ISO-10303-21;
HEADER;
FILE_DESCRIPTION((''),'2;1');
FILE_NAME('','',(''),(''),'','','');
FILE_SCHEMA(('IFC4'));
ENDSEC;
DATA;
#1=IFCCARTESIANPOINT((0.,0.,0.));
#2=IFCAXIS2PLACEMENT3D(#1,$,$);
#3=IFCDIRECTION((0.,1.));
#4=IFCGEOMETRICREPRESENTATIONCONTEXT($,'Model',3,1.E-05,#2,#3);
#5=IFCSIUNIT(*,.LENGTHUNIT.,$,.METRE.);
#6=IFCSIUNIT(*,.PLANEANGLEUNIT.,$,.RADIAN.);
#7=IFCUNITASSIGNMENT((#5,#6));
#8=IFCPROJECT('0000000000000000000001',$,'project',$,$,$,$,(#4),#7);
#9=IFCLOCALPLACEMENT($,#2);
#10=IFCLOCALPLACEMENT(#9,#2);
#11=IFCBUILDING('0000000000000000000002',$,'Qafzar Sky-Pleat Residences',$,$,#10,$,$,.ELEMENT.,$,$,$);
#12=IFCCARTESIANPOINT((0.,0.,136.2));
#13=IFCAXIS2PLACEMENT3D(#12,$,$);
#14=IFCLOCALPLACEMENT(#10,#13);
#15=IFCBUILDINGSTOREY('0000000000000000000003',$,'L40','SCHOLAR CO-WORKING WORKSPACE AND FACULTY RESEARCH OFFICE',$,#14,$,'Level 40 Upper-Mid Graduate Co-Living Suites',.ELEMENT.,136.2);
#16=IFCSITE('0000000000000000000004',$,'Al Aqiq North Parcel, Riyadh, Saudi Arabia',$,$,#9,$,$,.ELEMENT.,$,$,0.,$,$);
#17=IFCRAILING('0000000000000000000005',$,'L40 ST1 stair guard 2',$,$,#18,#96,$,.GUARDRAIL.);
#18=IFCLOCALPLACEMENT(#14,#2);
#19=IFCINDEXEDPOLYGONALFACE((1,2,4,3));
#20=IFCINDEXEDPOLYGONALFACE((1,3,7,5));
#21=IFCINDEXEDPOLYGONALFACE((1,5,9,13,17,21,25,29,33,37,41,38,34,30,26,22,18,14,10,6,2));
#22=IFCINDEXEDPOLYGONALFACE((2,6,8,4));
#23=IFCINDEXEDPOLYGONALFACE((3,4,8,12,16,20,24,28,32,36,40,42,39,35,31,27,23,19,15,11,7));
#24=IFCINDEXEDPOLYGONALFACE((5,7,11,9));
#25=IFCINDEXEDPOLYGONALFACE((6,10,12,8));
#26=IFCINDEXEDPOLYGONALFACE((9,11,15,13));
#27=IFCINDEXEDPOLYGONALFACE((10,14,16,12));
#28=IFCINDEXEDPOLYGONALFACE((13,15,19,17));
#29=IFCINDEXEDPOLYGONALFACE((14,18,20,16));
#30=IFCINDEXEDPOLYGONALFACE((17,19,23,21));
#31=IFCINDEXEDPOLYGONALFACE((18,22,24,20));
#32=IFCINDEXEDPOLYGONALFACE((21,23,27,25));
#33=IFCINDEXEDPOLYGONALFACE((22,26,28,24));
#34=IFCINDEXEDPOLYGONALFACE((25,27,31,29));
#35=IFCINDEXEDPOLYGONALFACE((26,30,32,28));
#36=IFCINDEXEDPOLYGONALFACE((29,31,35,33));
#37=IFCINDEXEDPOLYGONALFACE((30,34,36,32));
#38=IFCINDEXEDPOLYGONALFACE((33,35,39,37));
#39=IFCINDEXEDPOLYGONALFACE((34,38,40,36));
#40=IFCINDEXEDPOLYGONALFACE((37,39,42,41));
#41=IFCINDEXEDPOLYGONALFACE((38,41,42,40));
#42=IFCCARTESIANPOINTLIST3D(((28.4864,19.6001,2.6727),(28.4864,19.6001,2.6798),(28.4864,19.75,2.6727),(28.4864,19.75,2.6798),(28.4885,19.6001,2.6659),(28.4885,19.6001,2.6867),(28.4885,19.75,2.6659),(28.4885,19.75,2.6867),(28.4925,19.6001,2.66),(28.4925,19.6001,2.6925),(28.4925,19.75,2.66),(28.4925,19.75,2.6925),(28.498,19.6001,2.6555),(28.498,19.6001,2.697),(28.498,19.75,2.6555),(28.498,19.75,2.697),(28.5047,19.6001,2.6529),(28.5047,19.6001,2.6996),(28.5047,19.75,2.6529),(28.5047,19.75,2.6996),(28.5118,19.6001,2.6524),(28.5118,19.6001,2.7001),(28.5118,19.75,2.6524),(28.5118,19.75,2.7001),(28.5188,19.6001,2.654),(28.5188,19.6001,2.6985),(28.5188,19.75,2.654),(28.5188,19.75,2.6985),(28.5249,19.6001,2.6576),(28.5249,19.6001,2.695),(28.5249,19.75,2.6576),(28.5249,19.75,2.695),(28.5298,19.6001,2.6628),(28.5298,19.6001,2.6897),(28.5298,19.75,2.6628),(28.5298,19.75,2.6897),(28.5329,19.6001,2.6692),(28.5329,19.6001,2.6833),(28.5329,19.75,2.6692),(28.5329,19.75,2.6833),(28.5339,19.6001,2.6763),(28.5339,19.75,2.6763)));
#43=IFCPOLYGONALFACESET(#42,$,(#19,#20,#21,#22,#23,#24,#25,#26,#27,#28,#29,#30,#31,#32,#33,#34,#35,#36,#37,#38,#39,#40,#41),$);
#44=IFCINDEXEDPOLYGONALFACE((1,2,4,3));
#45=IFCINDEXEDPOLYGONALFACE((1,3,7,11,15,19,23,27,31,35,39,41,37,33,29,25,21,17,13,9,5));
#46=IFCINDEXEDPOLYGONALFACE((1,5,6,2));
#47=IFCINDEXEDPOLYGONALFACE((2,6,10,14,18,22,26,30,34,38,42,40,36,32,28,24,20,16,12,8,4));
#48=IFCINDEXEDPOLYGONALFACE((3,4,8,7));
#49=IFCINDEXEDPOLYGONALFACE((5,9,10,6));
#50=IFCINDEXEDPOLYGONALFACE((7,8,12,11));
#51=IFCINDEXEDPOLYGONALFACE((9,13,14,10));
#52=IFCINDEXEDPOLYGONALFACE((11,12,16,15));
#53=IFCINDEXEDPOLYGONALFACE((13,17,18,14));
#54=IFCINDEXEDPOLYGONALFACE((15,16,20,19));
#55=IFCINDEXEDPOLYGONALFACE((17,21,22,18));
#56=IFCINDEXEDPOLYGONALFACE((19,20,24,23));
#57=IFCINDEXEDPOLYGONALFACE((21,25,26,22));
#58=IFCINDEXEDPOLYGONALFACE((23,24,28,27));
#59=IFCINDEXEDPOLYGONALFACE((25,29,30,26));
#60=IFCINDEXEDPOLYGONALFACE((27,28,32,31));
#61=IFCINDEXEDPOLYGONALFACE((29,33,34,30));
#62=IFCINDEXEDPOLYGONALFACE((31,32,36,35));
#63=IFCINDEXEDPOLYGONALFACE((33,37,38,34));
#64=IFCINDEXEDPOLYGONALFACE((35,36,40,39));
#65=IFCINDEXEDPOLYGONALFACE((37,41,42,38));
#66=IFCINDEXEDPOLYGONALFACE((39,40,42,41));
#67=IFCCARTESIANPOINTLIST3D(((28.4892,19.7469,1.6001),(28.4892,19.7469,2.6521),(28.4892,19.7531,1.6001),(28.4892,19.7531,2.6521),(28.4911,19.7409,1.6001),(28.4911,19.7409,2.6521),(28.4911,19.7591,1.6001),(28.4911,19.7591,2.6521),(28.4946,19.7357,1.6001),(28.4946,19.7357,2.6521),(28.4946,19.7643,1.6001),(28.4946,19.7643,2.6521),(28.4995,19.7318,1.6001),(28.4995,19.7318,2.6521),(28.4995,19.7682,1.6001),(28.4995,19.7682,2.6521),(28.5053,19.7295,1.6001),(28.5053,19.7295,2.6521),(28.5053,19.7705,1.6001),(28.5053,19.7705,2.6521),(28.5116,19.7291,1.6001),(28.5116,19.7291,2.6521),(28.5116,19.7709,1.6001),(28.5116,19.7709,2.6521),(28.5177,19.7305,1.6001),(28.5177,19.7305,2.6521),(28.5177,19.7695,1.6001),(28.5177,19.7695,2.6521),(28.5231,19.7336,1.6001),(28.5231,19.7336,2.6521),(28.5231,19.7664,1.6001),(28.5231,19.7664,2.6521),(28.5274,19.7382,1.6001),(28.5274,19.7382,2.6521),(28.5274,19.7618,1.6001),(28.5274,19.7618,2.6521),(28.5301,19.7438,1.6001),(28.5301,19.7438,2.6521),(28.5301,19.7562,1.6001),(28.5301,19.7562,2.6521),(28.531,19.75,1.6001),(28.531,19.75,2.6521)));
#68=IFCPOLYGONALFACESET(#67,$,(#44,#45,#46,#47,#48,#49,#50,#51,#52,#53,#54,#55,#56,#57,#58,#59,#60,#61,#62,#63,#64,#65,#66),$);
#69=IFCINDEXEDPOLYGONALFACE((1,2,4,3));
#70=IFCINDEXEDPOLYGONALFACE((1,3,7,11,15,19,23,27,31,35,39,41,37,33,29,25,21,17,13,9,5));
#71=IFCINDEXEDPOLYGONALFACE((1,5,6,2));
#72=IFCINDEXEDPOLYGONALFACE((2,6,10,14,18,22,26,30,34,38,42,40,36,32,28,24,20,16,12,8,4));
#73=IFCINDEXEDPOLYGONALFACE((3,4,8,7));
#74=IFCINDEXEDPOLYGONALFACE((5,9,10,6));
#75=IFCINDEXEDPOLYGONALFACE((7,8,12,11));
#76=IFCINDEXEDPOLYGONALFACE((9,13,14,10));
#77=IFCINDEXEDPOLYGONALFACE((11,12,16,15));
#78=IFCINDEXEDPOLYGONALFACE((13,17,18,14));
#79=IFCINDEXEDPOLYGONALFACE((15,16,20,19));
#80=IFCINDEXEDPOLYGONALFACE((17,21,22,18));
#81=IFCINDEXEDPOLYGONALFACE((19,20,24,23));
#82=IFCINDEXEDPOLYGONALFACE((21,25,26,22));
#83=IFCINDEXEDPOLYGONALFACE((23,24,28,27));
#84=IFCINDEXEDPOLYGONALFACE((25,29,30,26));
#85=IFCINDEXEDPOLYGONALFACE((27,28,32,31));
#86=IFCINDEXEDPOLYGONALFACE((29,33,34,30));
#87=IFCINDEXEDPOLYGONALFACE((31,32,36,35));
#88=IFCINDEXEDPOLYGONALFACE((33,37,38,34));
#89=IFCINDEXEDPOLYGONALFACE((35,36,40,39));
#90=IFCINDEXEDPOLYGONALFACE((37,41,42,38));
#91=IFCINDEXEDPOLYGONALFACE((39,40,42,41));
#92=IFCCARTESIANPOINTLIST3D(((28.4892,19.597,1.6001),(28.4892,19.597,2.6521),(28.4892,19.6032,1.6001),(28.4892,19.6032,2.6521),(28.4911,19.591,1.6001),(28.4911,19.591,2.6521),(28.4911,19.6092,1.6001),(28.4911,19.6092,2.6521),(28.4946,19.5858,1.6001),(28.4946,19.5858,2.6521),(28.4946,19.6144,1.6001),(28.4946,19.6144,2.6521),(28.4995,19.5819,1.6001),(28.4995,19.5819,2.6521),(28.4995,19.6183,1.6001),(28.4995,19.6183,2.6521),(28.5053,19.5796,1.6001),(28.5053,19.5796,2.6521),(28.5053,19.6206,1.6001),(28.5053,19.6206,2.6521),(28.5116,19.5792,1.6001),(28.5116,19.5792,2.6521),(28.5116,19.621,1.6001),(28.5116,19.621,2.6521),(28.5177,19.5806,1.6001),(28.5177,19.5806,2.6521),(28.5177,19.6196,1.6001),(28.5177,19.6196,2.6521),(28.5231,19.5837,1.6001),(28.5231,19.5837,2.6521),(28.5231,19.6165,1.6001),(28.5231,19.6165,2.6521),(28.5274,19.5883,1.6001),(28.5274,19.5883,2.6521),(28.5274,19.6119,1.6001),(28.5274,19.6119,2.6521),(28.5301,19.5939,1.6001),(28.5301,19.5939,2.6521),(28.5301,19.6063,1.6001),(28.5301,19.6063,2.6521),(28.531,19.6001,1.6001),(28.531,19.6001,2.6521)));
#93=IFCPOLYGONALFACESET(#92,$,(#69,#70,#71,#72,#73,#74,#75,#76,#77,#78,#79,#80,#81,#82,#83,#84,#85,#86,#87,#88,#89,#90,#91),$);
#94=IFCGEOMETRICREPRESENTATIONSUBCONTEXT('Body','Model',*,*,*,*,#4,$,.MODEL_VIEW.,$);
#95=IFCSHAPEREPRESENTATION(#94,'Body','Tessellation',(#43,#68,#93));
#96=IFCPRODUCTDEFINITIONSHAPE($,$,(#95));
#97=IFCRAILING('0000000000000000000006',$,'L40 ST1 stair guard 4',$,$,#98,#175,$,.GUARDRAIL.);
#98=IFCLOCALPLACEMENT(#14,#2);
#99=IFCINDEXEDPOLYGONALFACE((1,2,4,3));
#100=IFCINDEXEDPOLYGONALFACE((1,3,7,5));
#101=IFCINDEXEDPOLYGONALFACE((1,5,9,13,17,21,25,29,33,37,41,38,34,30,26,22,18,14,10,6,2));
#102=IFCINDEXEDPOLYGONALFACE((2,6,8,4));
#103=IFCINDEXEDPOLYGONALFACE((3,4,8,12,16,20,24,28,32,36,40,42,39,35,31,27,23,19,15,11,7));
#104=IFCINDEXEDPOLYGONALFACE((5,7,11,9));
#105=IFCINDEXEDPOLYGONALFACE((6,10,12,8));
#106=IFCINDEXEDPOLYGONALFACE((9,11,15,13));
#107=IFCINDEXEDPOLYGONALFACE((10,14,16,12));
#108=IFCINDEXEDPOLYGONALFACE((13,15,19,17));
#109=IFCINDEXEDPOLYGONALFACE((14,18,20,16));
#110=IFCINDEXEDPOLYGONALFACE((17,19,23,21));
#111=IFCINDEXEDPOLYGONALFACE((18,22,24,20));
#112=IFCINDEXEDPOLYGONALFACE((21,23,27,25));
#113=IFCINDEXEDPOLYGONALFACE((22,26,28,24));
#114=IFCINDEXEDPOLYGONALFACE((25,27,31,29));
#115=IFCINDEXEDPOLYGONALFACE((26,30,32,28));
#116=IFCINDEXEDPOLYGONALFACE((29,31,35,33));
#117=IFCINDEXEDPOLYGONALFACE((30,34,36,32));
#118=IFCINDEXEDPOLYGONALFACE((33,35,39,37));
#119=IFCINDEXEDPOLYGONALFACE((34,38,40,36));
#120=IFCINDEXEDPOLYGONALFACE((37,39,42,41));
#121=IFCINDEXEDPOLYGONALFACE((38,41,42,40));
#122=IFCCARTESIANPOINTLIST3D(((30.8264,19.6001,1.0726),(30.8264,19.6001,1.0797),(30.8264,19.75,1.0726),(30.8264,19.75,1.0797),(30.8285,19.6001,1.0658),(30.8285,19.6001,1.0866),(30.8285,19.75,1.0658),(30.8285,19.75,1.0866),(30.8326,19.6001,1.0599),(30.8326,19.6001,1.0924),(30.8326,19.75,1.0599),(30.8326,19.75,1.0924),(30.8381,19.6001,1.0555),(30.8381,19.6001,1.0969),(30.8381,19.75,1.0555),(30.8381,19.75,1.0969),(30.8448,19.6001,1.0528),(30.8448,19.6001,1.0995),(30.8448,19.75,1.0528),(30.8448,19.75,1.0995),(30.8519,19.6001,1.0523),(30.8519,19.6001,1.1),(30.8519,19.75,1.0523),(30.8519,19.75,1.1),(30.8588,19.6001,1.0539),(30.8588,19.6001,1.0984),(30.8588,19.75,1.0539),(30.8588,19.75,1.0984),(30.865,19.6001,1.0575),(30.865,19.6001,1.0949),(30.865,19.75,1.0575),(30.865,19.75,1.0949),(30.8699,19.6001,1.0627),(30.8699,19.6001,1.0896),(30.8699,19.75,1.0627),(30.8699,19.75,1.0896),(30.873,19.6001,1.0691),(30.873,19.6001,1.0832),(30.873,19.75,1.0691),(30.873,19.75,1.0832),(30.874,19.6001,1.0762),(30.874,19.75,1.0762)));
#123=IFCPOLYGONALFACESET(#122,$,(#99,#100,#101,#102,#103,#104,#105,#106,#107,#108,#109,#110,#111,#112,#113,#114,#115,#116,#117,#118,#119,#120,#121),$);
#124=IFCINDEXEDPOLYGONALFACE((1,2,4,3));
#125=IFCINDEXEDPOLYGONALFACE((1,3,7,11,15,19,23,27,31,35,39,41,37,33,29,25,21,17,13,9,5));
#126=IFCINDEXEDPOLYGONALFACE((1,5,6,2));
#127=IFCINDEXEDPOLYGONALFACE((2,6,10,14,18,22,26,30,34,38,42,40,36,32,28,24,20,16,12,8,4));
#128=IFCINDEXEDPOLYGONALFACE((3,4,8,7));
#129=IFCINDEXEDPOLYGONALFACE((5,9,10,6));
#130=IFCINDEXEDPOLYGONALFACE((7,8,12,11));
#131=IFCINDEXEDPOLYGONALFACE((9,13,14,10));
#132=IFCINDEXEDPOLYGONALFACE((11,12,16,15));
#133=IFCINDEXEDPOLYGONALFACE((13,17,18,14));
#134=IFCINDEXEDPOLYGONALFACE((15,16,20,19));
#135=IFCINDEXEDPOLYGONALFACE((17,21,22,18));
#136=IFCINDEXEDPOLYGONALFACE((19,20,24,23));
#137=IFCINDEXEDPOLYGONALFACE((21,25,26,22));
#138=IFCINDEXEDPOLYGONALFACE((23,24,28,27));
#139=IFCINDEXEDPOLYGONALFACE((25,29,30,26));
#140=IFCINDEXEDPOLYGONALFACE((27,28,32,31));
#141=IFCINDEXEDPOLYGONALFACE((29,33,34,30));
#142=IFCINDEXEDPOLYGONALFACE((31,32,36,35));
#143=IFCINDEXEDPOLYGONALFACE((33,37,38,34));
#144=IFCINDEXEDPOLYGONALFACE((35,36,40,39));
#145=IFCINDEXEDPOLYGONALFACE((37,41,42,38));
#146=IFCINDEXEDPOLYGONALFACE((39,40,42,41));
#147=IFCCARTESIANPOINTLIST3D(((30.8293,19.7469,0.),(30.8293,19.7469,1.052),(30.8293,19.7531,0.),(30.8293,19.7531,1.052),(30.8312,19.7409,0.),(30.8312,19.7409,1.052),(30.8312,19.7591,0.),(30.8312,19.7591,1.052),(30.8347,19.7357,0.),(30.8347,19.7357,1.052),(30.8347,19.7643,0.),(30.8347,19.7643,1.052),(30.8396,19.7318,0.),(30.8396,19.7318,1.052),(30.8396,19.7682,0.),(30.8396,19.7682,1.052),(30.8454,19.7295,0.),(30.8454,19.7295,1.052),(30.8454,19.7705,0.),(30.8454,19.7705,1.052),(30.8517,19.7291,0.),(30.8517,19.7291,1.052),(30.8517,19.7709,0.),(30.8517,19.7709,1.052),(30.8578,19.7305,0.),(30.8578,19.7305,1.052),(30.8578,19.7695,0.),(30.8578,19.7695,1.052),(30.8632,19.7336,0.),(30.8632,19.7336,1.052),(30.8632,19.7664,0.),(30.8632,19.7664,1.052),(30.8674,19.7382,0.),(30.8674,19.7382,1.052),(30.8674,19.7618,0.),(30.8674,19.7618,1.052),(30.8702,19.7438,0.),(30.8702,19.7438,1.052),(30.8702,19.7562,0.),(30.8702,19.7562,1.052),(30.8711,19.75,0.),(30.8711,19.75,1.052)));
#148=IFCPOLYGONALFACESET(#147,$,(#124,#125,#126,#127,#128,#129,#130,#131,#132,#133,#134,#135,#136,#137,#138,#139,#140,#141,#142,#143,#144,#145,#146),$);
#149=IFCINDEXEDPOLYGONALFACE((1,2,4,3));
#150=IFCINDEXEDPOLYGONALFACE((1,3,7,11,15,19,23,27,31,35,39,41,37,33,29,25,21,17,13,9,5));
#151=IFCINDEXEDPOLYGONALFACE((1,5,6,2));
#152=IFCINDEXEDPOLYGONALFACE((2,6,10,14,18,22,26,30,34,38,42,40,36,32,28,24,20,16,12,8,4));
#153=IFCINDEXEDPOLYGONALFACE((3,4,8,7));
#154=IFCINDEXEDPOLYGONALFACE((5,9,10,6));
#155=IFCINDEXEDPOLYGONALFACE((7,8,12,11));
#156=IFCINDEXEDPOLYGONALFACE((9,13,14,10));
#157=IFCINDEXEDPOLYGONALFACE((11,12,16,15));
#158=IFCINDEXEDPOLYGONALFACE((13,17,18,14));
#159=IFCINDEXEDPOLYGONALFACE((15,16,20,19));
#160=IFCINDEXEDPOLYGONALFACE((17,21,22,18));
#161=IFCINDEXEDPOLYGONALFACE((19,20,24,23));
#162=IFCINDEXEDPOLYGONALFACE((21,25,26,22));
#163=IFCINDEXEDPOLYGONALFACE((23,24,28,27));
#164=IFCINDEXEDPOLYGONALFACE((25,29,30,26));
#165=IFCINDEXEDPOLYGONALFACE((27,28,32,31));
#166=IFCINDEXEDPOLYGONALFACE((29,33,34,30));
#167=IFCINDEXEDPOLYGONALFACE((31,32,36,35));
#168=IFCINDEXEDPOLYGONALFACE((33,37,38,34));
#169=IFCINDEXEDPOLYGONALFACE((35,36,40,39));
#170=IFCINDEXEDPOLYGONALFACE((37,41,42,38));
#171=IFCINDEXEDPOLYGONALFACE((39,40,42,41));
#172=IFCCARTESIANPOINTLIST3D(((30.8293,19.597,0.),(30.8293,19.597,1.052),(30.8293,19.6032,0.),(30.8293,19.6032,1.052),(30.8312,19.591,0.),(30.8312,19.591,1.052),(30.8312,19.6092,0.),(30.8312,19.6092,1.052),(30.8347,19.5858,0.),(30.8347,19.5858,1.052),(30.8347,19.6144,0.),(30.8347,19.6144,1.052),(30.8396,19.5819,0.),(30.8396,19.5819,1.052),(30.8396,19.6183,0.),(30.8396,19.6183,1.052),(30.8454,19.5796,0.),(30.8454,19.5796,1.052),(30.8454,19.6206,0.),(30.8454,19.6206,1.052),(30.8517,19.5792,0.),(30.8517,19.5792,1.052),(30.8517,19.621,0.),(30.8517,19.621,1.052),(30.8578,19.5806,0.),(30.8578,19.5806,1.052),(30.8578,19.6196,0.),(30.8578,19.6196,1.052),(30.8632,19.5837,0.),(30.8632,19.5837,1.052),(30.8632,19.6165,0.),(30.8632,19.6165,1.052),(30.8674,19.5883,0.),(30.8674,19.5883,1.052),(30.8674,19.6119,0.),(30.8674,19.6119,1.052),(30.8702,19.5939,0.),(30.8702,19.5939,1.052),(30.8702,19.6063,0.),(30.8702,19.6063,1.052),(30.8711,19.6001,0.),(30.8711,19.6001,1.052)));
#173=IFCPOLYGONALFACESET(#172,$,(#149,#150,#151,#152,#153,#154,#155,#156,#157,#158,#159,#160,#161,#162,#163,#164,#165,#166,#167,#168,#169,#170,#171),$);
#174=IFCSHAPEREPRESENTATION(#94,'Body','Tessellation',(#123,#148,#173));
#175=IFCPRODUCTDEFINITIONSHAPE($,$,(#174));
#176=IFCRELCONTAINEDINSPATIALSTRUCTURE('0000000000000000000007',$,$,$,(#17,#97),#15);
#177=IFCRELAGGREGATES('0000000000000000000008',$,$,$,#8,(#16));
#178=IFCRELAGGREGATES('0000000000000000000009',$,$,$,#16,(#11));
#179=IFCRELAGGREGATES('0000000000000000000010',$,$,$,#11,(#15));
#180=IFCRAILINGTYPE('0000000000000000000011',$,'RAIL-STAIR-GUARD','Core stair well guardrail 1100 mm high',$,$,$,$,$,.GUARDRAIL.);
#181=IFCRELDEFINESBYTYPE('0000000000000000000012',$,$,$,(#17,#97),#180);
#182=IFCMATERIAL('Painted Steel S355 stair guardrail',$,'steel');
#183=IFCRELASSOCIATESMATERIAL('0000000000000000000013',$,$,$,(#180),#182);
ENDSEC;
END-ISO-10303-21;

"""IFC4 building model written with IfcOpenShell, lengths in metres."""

from ifc_helpers import new_model, si_unit, direction, frame, origin, origin_2d, place, context, subcontext, project, spatial, circle, extrude, source, transform, mapped, material, type_object, element, save


model = new_model("IFC4")

# Units and contexts
model_context = context("Model", 3, precision=1e-05, world=origin(), true_north=direction((0.0, 1.0)))
body_context = subcontext(model_context, "Body", "Model", "MODEL_VIEW")
ifc_project = project(units=[si_unit("LENGTHUNIT", "METRE"), si_unit("PLANEANGLEUNIT", "RADIAN")], contexts=[model_context])

# Site, building, storey
site_placement = place(None, origin())
site = spatial("IfcSite", under=ifc_project, at=site_placement, Name="Al Aqiq North Parcel, Riyadh, Saudi Arabia", CompositionType="ELEMENT", RefElevation=0.0)
building_placement = place(site_placement, origin())
building = spatial("IfcBuilding", under=site, at=building_placement, Name="Qafzar Sky-Pleat Residences", CompositionType="ELEMENT")
storey_placement = place(building_placement, frame((0.0, 0.0, 136.2)))
storey = spatial("IfcBuildingStorey", under=building, at=storey_placement, Name="L40", Description="SCHOLAR CO-WORKING WORKSPACE AND FACULTY RESEARCH OFFICE", LongName="Level 40 Upper-Mid Graduate Co-Living Suites", CompositionType="ELEMENT", Elevation=136.2)

# Railings
ifc_material_1 = material(Name="Painted Steel S355 stair guardrail", Category="steel")
railing_type_1 = type_object("IfcRailingType", Name="RAIL-STAIR-GUARD", Description="Core stair well guardrail 1100 mm high", PredefinedType="GUARDRAIL", material=ifc_material_1)
shared_shape_1 = source(origin(), body_context, "Body", "SweptSolid", [
    extrude(circle(Radius=0.0239, at=origin_2d()), frame((0.0, 0.0, 1.0762), z_axis=(0.0, -1.0, 0.0), x_axis=(1.0, 0.0, 0.0)), (0.0, 0.0, 1.0), 0.1499),
    extrude(circle(Radius=0.021, at=origin_2d()), origin(), (0.0, 0.0, 1.0), 1.052),
    extrude(circle(Radius=0.021, at=origin_2d()), frame((0.0, -0.1499, 0.0)), (0.0, 0.0, 1.0), 1.052),
])
for number, where, name in (
    (1, (28.51, 19.75, 1.6001), "L40 ST1 stair guard 2"),
    (2, (30.8501, 19.75, 0.0), "L40 ST1 stair guard 4"),
):
    element("IfcRailing", number, at=place(storey_placement, frame(where)), inside=storey, type_object=railing_type_1, Name=name, PredefinedType="GUARDRAIL", context=body_context, shape_type="MappedRepresentation", body=[
        mapped(shared_shape_1, transform((0.0, 0.0, 0.0), x_axis=(1.0, 0.0, 0.0), y_axis=(0.0, 1.0, 0.0), z_axis=(0.0, 0.0, 1.0), scale=1.0)),
    ])

save(model, "model.ifc")
